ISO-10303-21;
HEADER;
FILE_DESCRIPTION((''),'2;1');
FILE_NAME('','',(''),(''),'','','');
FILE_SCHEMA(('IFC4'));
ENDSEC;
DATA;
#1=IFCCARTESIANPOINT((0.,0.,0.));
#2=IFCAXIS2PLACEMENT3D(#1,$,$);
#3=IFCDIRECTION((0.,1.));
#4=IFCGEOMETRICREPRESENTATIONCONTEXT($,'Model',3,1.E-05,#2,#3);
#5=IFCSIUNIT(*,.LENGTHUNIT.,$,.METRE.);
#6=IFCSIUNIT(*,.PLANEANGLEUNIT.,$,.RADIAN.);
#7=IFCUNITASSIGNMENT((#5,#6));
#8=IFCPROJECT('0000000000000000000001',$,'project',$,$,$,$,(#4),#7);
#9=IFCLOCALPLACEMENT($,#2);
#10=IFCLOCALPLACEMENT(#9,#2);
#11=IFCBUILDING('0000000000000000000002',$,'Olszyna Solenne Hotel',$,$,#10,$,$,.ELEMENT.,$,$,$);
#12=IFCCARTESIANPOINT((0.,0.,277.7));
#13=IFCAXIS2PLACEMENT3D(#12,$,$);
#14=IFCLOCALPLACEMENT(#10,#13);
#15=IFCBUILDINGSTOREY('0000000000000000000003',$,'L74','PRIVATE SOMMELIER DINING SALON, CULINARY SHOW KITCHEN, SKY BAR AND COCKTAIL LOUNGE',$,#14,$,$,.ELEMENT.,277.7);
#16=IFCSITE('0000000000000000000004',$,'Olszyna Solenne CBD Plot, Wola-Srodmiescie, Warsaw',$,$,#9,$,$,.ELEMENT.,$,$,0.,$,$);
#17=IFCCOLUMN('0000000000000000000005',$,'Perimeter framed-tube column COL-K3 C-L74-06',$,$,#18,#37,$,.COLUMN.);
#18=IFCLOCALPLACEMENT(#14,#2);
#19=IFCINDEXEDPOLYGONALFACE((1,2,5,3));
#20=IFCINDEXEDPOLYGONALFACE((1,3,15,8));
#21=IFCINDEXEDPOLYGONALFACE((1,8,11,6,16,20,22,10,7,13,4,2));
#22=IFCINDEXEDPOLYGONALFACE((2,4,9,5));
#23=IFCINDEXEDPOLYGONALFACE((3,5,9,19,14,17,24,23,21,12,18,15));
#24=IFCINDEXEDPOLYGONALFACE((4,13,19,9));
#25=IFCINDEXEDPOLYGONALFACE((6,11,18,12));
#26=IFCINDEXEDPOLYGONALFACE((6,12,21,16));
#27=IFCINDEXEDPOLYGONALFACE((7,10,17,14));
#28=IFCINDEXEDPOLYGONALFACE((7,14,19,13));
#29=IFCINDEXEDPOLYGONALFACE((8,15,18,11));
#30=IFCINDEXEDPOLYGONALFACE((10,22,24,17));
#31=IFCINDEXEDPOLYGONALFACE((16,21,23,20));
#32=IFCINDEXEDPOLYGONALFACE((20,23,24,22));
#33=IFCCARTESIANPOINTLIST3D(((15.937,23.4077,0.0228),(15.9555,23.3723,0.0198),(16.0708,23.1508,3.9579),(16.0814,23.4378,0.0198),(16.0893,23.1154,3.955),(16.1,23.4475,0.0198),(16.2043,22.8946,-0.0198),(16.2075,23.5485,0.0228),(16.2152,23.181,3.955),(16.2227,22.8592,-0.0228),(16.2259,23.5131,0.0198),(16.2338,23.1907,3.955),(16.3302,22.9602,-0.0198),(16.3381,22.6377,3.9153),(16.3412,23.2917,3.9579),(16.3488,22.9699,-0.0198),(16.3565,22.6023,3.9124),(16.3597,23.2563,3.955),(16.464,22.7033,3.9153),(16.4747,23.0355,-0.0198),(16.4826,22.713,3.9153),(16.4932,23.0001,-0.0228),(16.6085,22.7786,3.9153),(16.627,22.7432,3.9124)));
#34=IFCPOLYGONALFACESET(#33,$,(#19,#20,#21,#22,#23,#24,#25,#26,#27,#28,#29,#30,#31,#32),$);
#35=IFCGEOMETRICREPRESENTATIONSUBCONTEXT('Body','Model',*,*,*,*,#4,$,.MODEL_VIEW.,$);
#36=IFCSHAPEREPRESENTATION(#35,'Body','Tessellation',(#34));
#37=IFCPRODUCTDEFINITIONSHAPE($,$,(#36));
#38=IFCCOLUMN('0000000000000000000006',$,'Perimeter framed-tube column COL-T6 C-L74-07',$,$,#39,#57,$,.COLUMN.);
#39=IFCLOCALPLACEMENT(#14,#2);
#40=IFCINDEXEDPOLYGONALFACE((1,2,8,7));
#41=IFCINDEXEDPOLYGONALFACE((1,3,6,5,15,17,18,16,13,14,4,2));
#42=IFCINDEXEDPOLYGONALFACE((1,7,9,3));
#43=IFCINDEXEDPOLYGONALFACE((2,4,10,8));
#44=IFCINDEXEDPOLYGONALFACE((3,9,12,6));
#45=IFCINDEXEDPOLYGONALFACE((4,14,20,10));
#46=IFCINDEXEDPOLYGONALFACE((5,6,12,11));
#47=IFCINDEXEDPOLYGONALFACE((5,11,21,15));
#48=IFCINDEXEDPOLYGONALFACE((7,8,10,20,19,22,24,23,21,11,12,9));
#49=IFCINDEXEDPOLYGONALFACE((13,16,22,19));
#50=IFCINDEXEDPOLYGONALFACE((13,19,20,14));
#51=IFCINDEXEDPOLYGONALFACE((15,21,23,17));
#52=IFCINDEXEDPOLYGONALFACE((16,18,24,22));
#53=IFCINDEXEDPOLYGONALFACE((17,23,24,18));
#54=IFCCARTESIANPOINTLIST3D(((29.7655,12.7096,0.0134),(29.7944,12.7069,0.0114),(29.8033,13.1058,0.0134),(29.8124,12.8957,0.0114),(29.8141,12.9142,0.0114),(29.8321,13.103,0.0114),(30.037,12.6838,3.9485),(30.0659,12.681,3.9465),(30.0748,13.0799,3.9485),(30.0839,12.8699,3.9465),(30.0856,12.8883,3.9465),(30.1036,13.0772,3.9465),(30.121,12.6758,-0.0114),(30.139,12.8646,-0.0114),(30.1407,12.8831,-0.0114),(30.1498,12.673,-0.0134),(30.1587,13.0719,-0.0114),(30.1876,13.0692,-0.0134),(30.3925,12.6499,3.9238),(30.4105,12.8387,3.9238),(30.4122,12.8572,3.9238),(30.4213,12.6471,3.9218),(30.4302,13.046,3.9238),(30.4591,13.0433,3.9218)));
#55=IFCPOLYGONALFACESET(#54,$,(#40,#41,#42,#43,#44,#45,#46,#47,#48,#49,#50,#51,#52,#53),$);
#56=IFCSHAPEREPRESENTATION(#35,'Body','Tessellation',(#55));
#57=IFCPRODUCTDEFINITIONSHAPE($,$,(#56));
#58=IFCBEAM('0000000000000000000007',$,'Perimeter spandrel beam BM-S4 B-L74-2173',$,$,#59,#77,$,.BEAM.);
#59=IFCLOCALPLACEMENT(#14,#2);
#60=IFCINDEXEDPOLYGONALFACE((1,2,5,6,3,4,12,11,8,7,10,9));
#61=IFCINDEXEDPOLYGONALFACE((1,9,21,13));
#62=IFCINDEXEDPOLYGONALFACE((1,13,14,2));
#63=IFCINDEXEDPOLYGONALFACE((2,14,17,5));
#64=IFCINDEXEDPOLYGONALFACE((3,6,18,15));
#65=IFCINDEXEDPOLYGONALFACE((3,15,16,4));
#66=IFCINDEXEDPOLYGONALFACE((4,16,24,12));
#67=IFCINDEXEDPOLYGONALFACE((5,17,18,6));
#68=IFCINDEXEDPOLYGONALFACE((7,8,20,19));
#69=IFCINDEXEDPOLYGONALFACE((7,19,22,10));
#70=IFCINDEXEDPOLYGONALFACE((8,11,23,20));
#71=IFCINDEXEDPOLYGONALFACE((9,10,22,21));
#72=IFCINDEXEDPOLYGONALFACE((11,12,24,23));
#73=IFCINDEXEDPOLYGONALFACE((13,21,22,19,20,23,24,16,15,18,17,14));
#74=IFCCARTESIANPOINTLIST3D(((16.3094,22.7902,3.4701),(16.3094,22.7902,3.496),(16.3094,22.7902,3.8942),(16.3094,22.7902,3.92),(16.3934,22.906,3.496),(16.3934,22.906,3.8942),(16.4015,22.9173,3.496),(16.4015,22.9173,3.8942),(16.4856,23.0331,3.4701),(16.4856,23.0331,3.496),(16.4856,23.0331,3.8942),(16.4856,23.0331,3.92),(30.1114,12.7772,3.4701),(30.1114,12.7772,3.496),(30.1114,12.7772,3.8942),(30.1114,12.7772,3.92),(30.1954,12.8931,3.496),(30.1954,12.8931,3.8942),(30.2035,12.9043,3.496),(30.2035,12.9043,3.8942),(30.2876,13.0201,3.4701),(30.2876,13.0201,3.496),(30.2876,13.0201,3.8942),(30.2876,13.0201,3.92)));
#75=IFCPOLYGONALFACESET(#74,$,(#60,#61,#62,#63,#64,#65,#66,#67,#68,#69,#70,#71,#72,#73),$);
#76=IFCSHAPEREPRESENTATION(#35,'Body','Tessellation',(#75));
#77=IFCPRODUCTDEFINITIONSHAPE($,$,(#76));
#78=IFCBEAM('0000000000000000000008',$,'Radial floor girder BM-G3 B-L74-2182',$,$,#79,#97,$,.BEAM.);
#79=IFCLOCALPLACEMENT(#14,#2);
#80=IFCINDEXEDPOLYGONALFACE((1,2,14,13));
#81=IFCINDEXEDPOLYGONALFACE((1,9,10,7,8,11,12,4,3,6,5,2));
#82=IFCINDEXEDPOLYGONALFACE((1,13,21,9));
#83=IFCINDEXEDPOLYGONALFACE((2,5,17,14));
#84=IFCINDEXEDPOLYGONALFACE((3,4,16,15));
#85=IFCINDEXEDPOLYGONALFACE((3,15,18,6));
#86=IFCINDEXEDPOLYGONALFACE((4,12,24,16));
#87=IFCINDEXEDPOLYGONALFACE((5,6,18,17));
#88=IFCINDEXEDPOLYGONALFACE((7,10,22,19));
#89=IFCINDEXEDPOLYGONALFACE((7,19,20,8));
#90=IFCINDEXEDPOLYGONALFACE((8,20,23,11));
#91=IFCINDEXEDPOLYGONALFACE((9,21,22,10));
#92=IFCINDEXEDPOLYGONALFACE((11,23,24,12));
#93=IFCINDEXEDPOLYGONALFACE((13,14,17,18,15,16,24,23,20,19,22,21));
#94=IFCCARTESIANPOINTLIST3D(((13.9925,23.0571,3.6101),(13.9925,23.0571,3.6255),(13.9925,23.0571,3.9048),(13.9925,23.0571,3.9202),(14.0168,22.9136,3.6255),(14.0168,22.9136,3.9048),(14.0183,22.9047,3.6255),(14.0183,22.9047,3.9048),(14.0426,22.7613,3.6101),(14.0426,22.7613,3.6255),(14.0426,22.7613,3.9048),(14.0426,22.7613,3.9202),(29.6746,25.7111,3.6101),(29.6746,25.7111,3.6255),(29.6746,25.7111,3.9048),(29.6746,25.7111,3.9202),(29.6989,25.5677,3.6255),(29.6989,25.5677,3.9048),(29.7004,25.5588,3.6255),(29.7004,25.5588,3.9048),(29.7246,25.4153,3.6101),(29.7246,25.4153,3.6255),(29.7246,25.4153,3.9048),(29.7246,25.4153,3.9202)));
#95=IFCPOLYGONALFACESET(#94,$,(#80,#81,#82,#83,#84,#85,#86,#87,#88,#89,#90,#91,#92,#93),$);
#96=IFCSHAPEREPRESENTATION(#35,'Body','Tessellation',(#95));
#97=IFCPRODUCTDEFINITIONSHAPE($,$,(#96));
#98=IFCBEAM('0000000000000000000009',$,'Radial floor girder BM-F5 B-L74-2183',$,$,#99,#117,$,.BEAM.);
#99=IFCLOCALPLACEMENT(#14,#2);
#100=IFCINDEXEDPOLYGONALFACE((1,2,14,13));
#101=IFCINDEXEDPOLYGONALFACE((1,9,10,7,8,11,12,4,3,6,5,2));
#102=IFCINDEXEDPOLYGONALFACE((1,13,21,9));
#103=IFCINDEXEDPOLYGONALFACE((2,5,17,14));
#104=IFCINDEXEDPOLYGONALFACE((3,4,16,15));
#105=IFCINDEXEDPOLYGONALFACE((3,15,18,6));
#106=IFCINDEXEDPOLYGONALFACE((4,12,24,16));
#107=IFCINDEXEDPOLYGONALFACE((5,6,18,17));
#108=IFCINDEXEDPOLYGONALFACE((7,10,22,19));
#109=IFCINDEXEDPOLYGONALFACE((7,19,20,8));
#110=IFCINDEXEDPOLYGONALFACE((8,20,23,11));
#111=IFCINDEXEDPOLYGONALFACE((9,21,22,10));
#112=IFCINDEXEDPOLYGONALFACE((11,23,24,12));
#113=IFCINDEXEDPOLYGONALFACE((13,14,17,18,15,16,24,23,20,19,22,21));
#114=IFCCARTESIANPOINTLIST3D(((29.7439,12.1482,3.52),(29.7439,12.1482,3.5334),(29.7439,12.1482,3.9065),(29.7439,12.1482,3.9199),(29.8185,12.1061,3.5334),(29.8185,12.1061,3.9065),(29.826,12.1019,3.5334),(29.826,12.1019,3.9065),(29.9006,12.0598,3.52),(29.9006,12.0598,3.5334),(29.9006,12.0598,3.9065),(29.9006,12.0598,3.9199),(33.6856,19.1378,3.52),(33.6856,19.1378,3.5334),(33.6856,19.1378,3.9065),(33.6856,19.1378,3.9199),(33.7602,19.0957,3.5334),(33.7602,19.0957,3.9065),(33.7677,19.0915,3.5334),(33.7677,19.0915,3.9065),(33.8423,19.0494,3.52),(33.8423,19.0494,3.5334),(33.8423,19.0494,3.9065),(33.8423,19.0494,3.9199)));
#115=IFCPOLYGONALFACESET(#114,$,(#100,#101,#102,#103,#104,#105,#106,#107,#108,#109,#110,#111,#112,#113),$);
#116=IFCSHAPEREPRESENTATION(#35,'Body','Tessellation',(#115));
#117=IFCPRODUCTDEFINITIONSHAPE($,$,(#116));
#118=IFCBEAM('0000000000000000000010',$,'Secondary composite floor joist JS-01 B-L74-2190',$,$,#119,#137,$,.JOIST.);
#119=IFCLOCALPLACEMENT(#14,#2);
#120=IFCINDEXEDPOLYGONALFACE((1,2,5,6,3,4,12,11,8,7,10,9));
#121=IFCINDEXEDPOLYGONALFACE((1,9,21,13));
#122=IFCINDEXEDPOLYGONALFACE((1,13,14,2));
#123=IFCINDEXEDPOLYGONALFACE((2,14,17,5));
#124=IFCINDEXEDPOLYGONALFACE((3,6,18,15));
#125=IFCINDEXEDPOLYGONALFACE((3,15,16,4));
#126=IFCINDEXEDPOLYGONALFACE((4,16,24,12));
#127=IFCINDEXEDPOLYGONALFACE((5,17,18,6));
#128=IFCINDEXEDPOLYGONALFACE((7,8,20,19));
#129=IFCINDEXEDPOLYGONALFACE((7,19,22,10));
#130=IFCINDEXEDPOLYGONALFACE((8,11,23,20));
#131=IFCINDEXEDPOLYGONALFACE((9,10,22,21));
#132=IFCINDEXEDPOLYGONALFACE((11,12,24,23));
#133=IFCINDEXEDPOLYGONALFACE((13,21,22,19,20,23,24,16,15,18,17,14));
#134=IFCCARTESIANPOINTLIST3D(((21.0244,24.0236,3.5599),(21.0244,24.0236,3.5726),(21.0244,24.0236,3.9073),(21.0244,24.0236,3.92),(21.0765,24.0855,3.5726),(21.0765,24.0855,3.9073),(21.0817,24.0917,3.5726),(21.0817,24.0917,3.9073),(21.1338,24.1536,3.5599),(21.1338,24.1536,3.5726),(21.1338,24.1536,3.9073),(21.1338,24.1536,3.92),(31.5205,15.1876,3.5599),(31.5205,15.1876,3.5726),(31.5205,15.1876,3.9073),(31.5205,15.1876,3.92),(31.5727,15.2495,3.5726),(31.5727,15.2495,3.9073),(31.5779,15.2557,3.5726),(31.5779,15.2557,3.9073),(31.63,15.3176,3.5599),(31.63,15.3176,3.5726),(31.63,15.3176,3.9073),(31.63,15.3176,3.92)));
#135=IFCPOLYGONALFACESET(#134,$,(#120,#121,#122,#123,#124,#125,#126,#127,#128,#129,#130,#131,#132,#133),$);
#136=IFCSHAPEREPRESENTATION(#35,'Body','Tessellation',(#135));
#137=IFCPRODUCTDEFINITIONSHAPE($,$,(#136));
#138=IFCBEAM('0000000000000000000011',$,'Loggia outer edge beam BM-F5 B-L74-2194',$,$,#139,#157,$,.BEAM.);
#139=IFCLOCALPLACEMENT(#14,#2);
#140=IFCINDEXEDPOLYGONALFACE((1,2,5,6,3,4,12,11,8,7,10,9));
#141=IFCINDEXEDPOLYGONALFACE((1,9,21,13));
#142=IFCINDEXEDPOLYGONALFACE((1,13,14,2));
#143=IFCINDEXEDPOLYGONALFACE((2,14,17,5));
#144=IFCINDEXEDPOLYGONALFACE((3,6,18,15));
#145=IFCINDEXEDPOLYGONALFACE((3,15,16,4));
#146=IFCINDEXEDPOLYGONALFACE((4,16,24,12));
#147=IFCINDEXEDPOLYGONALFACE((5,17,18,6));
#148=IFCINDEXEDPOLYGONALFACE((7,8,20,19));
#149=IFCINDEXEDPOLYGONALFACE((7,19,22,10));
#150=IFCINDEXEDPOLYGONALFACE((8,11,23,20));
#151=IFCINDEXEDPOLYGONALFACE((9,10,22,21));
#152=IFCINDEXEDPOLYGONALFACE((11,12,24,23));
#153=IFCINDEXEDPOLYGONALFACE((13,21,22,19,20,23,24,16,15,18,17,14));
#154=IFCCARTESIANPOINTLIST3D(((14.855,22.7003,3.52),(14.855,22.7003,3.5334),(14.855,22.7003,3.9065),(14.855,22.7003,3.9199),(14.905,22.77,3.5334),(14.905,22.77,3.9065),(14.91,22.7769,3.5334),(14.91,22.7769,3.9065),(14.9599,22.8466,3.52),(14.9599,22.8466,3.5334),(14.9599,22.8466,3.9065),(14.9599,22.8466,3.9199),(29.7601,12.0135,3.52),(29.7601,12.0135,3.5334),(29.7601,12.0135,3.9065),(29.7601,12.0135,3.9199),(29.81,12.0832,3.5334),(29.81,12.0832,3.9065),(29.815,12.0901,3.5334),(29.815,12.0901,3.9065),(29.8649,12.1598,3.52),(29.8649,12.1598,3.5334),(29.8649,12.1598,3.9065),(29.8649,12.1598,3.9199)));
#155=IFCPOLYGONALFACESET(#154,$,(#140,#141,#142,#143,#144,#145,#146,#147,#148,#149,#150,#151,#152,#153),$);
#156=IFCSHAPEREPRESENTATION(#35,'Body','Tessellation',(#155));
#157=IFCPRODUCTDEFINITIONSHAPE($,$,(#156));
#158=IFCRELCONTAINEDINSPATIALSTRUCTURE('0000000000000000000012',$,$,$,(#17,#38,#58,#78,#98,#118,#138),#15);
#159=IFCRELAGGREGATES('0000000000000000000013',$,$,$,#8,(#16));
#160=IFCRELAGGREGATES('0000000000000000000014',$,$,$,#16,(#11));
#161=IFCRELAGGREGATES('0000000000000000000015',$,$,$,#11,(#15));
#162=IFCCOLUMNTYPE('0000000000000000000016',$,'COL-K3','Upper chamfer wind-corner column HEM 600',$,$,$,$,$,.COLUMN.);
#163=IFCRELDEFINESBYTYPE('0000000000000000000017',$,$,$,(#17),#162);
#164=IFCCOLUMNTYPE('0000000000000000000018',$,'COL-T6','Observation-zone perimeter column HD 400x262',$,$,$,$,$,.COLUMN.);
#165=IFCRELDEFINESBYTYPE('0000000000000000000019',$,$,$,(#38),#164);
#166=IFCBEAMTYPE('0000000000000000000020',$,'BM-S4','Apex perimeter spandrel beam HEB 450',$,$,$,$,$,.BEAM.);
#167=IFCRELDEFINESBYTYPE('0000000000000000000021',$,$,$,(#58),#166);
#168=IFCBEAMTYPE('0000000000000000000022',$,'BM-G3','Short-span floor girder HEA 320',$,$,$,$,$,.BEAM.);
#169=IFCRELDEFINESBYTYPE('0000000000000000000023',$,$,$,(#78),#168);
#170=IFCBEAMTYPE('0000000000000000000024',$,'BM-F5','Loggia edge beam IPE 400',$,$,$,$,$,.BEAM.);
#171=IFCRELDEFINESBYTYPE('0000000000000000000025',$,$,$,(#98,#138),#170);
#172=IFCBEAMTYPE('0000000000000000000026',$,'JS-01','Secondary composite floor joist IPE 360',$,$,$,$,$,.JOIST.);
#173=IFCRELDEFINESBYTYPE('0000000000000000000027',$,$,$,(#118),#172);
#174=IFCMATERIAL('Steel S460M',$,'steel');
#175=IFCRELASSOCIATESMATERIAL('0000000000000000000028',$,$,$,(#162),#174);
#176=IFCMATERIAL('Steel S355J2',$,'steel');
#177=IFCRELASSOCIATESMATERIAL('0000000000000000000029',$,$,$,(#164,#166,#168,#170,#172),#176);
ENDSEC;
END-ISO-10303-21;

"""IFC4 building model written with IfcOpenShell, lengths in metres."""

from ifc_helpers import new_model, si_unit, direction, frame, origin, origin_2d, place, context, subcontext, project, spatial, i_section, extrude, source, transform, mapped, material, material_profile, profile_set, type_object, element, save


model = new_model("IFC4")

# Units and contexts
model_context = context("Model", 3, precision=1e-05, world=origin(), true_north=direction((0.0, 1.0)))
body_context = subcontext(model_context, "Body", "Model", "MODEL_VIEW")
ifc_project = project(units=[si_unit("LENGTHUNIT", "METRE"), si_unit("PLANEANGLEUNIT", "RADIAN")], contexts=[model_context])

# Site, building, storey
site_placement = place(None, origin())
site = spatial("IfcSite", under=ifc_project, at=site_placement, Name="Olszyna Solenne CBD Plot, Wola-Srodmiescie, Warsaw", CompositionType="ELEMENT", RefElevation=0.0)
building_placement = place(site_placement, origin())
building = spatial("IfcBuilding", under=site, at=building_placement, Name="Olszyna Solenne Hotel", CompositionType="ELEMENT")
storey_placement = place(building_placement, frame((0.0, 0.0, 277.7)))
storey = spatial("IfcBuildingStorey", under=building, at=storey_placement, Name="L74", Description="PRIVATE SOMMELIER DINING SALON, CULINARY SHOW KITCHEN, SKY BAR AND COCKTAIL LOUNGE", CompositionType="ELEMENT", Elevation=277.7)

# Columns
ifc_material_1 = material(Name="Steel S460M", Category="steel")
ifc_material_profile_1 = material_profile(ifc_material_1, i_section(OverallWidth=0.3049, OverallDepth=0.6201, WebThickness=0.021, FlangeThickness=0.04, at=origin_2d()), Name="HEM 600", Category="load-bearing")
ifc_profile_set_1 = profile_set([ifc_material_profile_1], Name="Steel S460M")
column_type_1 = type_object("IfcColumnType", Name="COL-K3", Description="Upper chamfer wind-corner column HEM 600", PredefinedType="COLUMN", material=ifc_profile_set_1)
shared_shape_1 = source(origin(), body_context, "Body", "SweptSolid", [
    extrude(i_section(OverallWidth=0.3049, OverallDepth=0.6201, WebThickness=0.021, FlangeThickness=0.04, at=origin_2d()), origin(), (0.0, 0.0, 1.0), 3.9458),
])
column_1_placement = place(storey_placement, frame((16.2151, 23.2039, 0.0), z_axis=(0.033908, -0.065093, 0.997303), x_axis=(0.886885, 0.46199, 0.0)))
element("IfcColumn", 1, at=column_1_placement, inside=storey, type_object=column_type_1, Name="Perimeter framed-tube column COL-K3 C-L74-06", PredefinedType="COLUMN", context=body_context, shape_type="MappedRepresentation", body=[
    mapped(shared_shape_1, transform((0.0, 0.0, 0.0), x_axis=(1.0, 0.0, 0.0), y_axis=(0.0, 1.0, 0.0), z_axis=(0.0, 0.0, 1.0), scale=1.0)),
])
ifc_material_2 = material(Name="Steel S355J2", Category="steel")
ifc_material_profile_2 = material_profile(ifc_material_2, i_section(OverallWidth=0.3979, OverallDepth=0.387, WebThickness=0.0186, FlangeThickness=0.0291, at=origin_2d()), Name="HD 400x262", Category="load-bearing")
ifc_profile_set_2 = profile_set([ifc_material_profile_2], Name="Steel S355J2")
column_type_2 = type_object("IfcColumnType", Name="COL-T6", Description="Observation-zone perimeter column HD 400x262", PredefinedType="COLUMN", material=ifc_profile_set_2)
shared_shape_2 = source(origin(), body_context, "Body", "SweptSolid", [
    extrude(i_section(OverallWidth=0.3979, OverallDepth=0.387, WebThickness=0.0186, FlangeThickness=0.0291, at=origin_2d()), origin(), (0.0, 0.0, 1.0), 3.9446),
])
column_2_placement = place(storey_placement, frame((29.9766, 12.8894, 0.0), z_axis=(0.068826, -0.006561, 0.997607), x_axis=(0.094894, 0.995487, 0.0)))
element("IfcColumn", 2, at=column_2_placement, inside=storey, type_object=column_type_2, Name="Perimeter framed-tube column COL-T6 C-L74-07", PredefinedType="COLUMN", context=body_context, shape_type="MappedRepresentation", body=[
    mapped(shared_shape_2, transform((0.0, 0.0, 0.0), x_axis=(1.0, 0.0, 0.0), y_axis=(0.0, 1.0, 0.0), z_axis=(0.0, 0.0, 1.0), scale=1.0)),
])

# Beams
ifc_material_profile_3 = material_profile(ifc_material_2, i_section(OverallWidth=0.3, OverallDepth=0.45, WebThickness=0.0139, FlangeThickness=0.0259, at=origin_2d()), Name="HEB 450", Category="load-bearing")
ifc_profile_set_3 = profile_set([ifc_material_profile_3], Name="Steel S355J2")
beam_type_1 = type_object("IfcBeamType", Name="BM-S4", Description="Apex perimeter spandrel beam HEB 450", PredefinedType="BEAM", material=ifc_profile_set_3)
shared_shape_3 = source(origin(), body_context, "Body", "SweptSolid", [
    extrude(i_section(OverallWidth=0.3, OverallDepth=0.45, WebThickness=0.0139, FlangeThickness=0.0259, at=origin_2d()), origin(), (0.0, 0.0, 1.0), 17.0515),
])
beam_1_placement = place(storey_placement, frame((16.3975, 22.9116, 3.6951), z_axis=(0.80943, -0.587217, 0.0), x_axis=(0.587217, 0.80943, 0.0)))
element("IfcBeam", 3, at=beam_1_placement, inside=storey, type_object=beam_type_1, Name="Perimeter spandrel beam BM-S4 B-L74-2173", PredefinedType="BEAM", context=body_context, shape_type="MappedRepresentation", body=[
    mapped(shared_shape_3, transform((0.0, 0.0, 0.0), x_axis=(1.0, 0.0, 0.0), y_axis=(0.0, 1.0, 0.0), z_axis=(0.0, 0.0, 1.0), scale=1.0)),
])
ifc_material_profile_4 = material_profile(ifc_material_2, i_section(OverallWidth=0.3, OverallDepth=0.3101, WebThickness=0.009, FlangeThickness=0.0154, at=origin_2d()), Name="HEA 320", Category="load-bearing")
ifc_profile_set_4 = profile_set([ifc_material_profile_4], Name="Steel S355J2")
beam_type_2 = type_object("IfcBeamType", Name="BM-G3", Description="Short-span floor girder HEA 320", PredefinedType="BEAM", material=ifc_profile_set_4)
shared_shape_4 = source(origin(), body_context, "Body", "SweptSolid", [
    extrude(i_section(OverallWidth=0.3, OverallDepth=0.3101, WebThickness=0.009, FlangeThickness=0.0154, at=origin_2d()), origin(), (0.0, 0.0, 1.0), 15.905),
])
beam_2_placement = place(storey_placement, frame((14.0176, 22.9092, 3.7651), z_axis=(0.985979, 0.166868, 0.0), x_axis=(-0.166868, 0.985979, 0.0)))
element("IfcBeam", 4, at=beam_2_placement, inside=storey, type_object=beam_type_2, Name="Radial floor girder BM-G3 B-L74-2182", PredefinedType="BEAM", context=body_context, shape_type="MappedRepresentation", body=[
    mapped(shared_shape_4, transform((0.0, 0.0, 0.0), x_axis=(1.0, 0.0, 0.0), y_axis=(0.0, 1.0, 0.0), z_axis=(0.0, 0.0, 1.0), scale=1.0)),
])
ifc_material_profile_5 = material_profile(ifc_material_2, i_section(OverallWidth=0.1799, OverallDepth=0.3999, WebThickness=0.0085, FlangeThickness=0.0134, at=origin_2d()), Name="IPE 400", Category="load-bearing")
ifc_profile_set_5 = profile_set([ifc_material_profile_5], Name="Steel S355J2")
beam_type_3 = type_object("IfcBeamType", Name="BM-F5", Description="Loggia edge beam IPE 400", PredefinedType="BEAM", material=ifc_profile_set_5)
shared_shape_5 = source(origin(), body_context, "Body", "SweptSolid", [
    extrude(i_section(OverallWidth=0.1799, OverallDepth=0.3999, WebThickness=0.0085, FlangeThickness=0.0134, at=origin_2d()), origin(), (0.0, 0.0, 1.0), 8.0244),
])
beam_3_placement = place(storey_placement, frame((29.8223, 12.104, 3.72), z_axis=(0.491213, 0.87104, 0.0), x_axis=(-0.87104, 0.491213, 0.0)))
element("IfcBeam", 5, at=beam_3_placement, inside=storey, type_object=beam_type_3, Name="Radial floor girder BM-F5 B-L74-2183", PredefinedType="BEAM", context=body_context, shape_type="MappedRepresentation", body=[
    mapped(shared_shape_5, transform((0.0, 0.0, 0.0), x_axis=(1.0, 0.0, 0.0), y_axis=(0.0, 1.0, 0.0), z_axis=(0.0, 0.0, 1.0), scale=1.0)),
])
ifc_material_profile_6 = material_profile(ifc_material_2, i_section(OverallWidth=0.1699, OverallDepth=0.3601, WebThickness=0.0081, FlangeThickness=0.0127, at=origin_2d()), Name="IPE 360", Category="load-bearing")
ifc_profile_set_6 = profile_set([ifc_material_profile_6], Name="Steel S355J2")
beam_type_4 = type_object("IfcBeamType", Name="JS-01", Description="Secondary composite floor joist IPE 360", PredefinedType="JOIST", material=ifc_profile_set_6)
shared_shape_6 = source(origin(), body_context, "Body", "SweptSolid", [
    extrude(i_section(OverallWidth=0.1699, OverallDepth=0.3601, WebThickness=0.0081, FlangeThickness=0.0127, at=origin_2d()), origin(), (0.0, 0.0, 1.0), 13.7202),
])
beam_4_placement = place(storey_placement, frame((21.0791, 24.0886, 3.74), z_axis=(0.765015, -0.644013, 0.0), x_axis=(0.644013, 0.765015, 0.0)))
element("IfcBeam", 6, at=beam_4_placement, inside=storey, type_object=beam_type_4, Name="Secondary composite floor joist JS-01 B-L74-2190", PredefinedType="JOIST", context=body_context, shape_type="MappedRepresentation", body=[
    mapped(shared_shape_6, transform((0.0, 0.0, 0.0), x_axis=(1.0, 0.0, 0.0), y_axis=(0.0, 1.0, 0.0), z_axis=(0.0, 0.0, 1.0), scale=1.0)),
])
shared_shape_7 = source(origin(), body_context, "Body", "SweptSolid", [
    extrude(i_section(OverallWidth=0.1799, OverallDepth=0.3999, WebThickness=0.0085, FlangeThickness=0.0134, at=origin_2d()), origin(), (0.0, 0.0, 1.0), 18.3403),
])
beam_5_placement = place(storey_placement, frame((14.9075, 22.7734, 3.72), z_axis=(0.812692, -0.582693, 0.0), x_axis=(0.582693, 0.812692, 0.0)))
element("IfcBeam", 7, at=beam_5_placement, inside=storey, type_object=beam_type_3, Name="Loggia outer edge beam BM-F5 B-L74-2194", PredefinedType="BEAM", context=body_context, shape_type="MappedRepresentation", body=[
    mapped(shared_shape_7, transform((0.0, 0.0, 0.0), x_axis=(1.0, 0.0, 0.0), y_axis=(0.0, 1.0, 0.0), z_axis=(0.0, 0.0, 1.0), scale=1.0)),
])

save(model, "model.ifc")
